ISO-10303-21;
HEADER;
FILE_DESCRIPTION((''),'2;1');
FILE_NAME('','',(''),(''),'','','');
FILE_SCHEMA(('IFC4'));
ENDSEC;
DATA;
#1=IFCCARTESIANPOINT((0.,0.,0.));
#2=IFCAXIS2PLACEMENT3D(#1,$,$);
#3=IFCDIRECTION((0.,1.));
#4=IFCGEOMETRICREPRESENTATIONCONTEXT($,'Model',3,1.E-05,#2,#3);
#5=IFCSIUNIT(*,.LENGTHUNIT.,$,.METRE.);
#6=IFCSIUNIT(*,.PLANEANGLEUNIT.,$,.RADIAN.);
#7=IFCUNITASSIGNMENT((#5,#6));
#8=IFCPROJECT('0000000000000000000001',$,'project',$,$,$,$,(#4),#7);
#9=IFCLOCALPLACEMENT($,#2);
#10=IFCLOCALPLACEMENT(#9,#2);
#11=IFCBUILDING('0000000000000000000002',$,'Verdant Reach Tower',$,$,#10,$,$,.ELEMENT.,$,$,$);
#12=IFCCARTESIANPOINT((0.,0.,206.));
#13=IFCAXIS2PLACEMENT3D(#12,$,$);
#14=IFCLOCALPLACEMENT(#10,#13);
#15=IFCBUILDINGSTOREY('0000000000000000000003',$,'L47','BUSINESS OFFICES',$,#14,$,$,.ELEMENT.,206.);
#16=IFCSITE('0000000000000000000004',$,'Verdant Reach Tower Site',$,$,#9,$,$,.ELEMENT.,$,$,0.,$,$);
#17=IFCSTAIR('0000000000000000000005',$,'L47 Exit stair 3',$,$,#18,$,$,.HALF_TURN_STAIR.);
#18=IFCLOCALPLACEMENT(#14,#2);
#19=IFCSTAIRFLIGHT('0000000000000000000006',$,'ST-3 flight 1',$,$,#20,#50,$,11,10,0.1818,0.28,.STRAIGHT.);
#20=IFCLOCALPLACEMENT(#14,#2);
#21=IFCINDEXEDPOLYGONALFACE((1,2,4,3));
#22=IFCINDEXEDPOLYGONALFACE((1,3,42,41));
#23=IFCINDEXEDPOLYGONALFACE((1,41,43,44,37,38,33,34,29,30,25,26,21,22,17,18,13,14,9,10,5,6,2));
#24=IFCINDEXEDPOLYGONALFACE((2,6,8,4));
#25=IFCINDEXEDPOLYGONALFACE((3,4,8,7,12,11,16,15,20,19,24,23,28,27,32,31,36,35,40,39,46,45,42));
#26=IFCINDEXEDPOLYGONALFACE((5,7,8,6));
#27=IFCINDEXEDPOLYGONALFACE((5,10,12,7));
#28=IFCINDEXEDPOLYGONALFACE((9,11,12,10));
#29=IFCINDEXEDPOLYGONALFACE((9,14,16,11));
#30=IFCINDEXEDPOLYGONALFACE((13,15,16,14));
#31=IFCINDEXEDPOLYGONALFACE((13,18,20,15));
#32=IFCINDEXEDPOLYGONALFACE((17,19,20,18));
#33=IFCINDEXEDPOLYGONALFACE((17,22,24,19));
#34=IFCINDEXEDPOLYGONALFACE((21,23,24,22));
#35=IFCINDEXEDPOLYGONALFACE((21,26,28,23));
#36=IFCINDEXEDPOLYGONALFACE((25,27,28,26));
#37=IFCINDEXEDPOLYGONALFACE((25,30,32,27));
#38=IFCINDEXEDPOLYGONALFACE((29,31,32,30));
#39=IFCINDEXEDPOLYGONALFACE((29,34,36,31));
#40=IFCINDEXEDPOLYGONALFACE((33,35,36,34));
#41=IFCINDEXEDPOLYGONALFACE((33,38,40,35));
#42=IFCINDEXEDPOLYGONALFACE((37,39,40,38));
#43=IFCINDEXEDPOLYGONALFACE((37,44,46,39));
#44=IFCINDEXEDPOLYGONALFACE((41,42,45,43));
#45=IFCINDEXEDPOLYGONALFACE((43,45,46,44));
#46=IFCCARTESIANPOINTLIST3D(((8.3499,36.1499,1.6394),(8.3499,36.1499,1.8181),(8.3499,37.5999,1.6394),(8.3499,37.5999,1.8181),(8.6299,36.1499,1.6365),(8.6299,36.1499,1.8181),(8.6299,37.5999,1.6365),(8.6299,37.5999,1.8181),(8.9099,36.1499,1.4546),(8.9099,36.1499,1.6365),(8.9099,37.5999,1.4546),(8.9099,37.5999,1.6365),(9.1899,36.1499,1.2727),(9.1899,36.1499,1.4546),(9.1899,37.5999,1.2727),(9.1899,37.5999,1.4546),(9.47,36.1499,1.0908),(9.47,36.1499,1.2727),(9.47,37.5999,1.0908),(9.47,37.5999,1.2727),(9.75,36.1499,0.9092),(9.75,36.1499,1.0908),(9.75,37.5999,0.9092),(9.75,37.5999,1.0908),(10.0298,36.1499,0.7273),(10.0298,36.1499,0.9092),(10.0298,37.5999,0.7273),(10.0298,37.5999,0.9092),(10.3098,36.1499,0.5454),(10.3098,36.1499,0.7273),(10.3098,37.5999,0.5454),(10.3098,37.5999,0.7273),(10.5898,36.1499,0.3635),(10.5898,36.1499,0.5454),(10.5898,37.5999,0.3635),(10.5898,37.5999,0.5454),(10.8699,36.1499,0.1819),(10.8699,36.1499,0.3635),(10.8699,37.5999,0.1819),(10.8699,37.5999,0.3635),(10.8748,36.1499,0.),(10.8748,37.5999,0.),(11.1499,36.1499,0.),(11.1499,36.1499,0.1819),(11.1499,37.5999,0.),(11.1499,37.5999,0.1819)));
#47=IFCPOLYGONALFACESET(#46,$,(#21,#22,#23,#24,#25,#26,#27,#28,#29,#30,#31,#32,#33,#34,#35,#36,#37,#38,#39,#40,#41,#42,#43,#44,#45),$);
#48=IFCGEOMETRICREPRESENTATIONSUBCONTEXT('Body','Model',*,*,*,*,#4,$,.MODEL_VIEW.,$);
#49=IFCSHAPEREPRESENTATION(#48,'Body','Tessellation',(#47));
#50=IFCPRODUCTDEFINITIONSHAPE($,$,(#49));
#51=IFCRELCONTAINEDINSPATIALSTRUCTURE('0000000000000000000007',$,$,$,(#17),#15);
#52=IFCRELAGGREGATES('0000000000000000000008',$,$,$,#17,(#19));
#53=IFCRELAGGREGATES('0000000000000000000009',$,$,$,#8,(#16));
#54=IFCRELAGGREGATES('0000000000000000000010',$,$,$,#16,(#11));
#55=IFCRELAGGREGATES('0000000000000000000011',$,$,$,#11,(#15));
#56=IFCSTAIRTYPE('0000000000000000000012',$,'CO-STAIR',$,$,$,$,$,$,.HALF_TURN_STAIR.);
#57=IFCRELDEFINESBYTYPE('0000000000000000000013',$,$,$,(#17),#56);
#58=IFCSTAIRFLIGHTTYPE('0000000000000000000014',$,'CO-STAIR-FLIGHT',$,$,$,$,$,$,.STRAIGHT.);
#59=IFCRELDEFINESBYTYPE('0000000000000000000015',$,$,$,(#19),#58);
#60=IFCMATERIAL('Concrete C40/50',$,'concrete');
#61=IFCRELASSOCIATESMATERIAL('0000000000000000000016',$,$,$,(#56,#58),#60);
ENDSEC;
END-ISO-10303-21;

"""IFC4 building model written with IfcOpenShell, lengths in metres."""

from ifc_helpers import new_model, si_unit, direction, frame, origin, place, context, subcontext, project, spatial, polyline, outline, extrude, material, type_object, element, aggregate, save


model = new_model("IFC4")

# Units and contexts
model_context = context("Model", 3, precision=1e-05, world=origin(), true_north=direction((0.0, 1.0)))
body_context = subcontext(model_context, "Body", "Model", "MODEL_VIEW")
ifc_project = project(units=[si_unit("LENGTHUNIT", "METRE"), si_unit("PLANEANGLEUNIT", "RADIAN")], contexts=[model_context])

# Site, building, storey
site_placement = place(None, origin())
site = spatial("IfcSite", under=ifc_project, at=site_placement, Name="Verdant Reach Tower Site", CompositionType="ELEMENT", RefElevation=0.0)
building_placement = place(site_placement, origin())
building = spatial("IfcBuilding", under=site, at=building_placement, Name="Verdant Reach Tower", CompositionType="ELEMENT")
storey_placement = place(building_placement, frame((0.0, 0.0, 206.0)))
storey = spatial("IfcBuildingStorey", under=building, at=storey_placement, Name="L47", Description="BUSINESS OFFICES", CompositionType="ELEMENT", Elevation=206.0)

# Stair, stair flight
ifc_material_1 = material(Name="Concrete C40/50", Category="concrete")
stair_type = type_object("IfcStairType", Name="CO-STAIR", PredefinedType="HALF_TURN_STAIR", material=ifc_material_1)
stair_placement = place(storey_placement, origin())
stair = element("IfcStair", 1, at=stair_placement, inside=storey, type_object=stair_type, Name="L47 Exit stair 3", PredefinedType="HALF_TURN_STAIR")
stair_flight_type = type_object("IfcStairFlightType", Name="CO-STAIR-FLIGHT", PredefinedType="STRAIGHT", material=ifc_material_1)
stair_flight_placement = place(storey_placement, frame((11.1499, 36.875, 0.0), z_axis=(0.0, 0.0, 1.0), x_axis=(-1.0, 0.0, 0.0)))
stair_flight = element("IfcStairFlight", 2, at=stair_flight_placement, type_object=stair_flight_type, Name="ST-3 flight 1", NumberOfRisers=11, NumberOfTreads=10, PredefinedType="STRAIGHT", RiserHeight=0.1818, TreadLength=0.28, context=body_context, shape_type="SweptSolid", body=[
    extrude(outline(polyline([(0.0, 0.0), (0.0, 0.1819), (0.28, 0.1819), (0.28, 0.3635), (0.5601, 0.3635), (0.5601, 0.5454), (0.8401, 0.5454), (0.8401, 0.7273), (1.1201, 0.7273), (1.1201, 0.9092), (1.3999, 0.9092), (1.3999, 1.0908), (1.6799, 1.0908), (1.6799, 1.2727), (1.96, 1.2727), (1.96, 1.4546), (2.24, 1.4546), (2.24, 1.6365), (2.52, 1.6365), (2.52, 1.8181), (2.8, 1.8181), (2.8, 2.0), (2.8, 1.6394), (0.2751, 0.0), (0.0, 0.0)])), frame((0.0, 0.7251, 0.0), z_axis=(0.0, -1.0, 0.0), x_axis=(1.0, 0.0, 0.0)), (0.0, 0.0, 1.0), 1.45),
])
aggregate(stair, [stair_flight])

save(model, "model.ifc")
